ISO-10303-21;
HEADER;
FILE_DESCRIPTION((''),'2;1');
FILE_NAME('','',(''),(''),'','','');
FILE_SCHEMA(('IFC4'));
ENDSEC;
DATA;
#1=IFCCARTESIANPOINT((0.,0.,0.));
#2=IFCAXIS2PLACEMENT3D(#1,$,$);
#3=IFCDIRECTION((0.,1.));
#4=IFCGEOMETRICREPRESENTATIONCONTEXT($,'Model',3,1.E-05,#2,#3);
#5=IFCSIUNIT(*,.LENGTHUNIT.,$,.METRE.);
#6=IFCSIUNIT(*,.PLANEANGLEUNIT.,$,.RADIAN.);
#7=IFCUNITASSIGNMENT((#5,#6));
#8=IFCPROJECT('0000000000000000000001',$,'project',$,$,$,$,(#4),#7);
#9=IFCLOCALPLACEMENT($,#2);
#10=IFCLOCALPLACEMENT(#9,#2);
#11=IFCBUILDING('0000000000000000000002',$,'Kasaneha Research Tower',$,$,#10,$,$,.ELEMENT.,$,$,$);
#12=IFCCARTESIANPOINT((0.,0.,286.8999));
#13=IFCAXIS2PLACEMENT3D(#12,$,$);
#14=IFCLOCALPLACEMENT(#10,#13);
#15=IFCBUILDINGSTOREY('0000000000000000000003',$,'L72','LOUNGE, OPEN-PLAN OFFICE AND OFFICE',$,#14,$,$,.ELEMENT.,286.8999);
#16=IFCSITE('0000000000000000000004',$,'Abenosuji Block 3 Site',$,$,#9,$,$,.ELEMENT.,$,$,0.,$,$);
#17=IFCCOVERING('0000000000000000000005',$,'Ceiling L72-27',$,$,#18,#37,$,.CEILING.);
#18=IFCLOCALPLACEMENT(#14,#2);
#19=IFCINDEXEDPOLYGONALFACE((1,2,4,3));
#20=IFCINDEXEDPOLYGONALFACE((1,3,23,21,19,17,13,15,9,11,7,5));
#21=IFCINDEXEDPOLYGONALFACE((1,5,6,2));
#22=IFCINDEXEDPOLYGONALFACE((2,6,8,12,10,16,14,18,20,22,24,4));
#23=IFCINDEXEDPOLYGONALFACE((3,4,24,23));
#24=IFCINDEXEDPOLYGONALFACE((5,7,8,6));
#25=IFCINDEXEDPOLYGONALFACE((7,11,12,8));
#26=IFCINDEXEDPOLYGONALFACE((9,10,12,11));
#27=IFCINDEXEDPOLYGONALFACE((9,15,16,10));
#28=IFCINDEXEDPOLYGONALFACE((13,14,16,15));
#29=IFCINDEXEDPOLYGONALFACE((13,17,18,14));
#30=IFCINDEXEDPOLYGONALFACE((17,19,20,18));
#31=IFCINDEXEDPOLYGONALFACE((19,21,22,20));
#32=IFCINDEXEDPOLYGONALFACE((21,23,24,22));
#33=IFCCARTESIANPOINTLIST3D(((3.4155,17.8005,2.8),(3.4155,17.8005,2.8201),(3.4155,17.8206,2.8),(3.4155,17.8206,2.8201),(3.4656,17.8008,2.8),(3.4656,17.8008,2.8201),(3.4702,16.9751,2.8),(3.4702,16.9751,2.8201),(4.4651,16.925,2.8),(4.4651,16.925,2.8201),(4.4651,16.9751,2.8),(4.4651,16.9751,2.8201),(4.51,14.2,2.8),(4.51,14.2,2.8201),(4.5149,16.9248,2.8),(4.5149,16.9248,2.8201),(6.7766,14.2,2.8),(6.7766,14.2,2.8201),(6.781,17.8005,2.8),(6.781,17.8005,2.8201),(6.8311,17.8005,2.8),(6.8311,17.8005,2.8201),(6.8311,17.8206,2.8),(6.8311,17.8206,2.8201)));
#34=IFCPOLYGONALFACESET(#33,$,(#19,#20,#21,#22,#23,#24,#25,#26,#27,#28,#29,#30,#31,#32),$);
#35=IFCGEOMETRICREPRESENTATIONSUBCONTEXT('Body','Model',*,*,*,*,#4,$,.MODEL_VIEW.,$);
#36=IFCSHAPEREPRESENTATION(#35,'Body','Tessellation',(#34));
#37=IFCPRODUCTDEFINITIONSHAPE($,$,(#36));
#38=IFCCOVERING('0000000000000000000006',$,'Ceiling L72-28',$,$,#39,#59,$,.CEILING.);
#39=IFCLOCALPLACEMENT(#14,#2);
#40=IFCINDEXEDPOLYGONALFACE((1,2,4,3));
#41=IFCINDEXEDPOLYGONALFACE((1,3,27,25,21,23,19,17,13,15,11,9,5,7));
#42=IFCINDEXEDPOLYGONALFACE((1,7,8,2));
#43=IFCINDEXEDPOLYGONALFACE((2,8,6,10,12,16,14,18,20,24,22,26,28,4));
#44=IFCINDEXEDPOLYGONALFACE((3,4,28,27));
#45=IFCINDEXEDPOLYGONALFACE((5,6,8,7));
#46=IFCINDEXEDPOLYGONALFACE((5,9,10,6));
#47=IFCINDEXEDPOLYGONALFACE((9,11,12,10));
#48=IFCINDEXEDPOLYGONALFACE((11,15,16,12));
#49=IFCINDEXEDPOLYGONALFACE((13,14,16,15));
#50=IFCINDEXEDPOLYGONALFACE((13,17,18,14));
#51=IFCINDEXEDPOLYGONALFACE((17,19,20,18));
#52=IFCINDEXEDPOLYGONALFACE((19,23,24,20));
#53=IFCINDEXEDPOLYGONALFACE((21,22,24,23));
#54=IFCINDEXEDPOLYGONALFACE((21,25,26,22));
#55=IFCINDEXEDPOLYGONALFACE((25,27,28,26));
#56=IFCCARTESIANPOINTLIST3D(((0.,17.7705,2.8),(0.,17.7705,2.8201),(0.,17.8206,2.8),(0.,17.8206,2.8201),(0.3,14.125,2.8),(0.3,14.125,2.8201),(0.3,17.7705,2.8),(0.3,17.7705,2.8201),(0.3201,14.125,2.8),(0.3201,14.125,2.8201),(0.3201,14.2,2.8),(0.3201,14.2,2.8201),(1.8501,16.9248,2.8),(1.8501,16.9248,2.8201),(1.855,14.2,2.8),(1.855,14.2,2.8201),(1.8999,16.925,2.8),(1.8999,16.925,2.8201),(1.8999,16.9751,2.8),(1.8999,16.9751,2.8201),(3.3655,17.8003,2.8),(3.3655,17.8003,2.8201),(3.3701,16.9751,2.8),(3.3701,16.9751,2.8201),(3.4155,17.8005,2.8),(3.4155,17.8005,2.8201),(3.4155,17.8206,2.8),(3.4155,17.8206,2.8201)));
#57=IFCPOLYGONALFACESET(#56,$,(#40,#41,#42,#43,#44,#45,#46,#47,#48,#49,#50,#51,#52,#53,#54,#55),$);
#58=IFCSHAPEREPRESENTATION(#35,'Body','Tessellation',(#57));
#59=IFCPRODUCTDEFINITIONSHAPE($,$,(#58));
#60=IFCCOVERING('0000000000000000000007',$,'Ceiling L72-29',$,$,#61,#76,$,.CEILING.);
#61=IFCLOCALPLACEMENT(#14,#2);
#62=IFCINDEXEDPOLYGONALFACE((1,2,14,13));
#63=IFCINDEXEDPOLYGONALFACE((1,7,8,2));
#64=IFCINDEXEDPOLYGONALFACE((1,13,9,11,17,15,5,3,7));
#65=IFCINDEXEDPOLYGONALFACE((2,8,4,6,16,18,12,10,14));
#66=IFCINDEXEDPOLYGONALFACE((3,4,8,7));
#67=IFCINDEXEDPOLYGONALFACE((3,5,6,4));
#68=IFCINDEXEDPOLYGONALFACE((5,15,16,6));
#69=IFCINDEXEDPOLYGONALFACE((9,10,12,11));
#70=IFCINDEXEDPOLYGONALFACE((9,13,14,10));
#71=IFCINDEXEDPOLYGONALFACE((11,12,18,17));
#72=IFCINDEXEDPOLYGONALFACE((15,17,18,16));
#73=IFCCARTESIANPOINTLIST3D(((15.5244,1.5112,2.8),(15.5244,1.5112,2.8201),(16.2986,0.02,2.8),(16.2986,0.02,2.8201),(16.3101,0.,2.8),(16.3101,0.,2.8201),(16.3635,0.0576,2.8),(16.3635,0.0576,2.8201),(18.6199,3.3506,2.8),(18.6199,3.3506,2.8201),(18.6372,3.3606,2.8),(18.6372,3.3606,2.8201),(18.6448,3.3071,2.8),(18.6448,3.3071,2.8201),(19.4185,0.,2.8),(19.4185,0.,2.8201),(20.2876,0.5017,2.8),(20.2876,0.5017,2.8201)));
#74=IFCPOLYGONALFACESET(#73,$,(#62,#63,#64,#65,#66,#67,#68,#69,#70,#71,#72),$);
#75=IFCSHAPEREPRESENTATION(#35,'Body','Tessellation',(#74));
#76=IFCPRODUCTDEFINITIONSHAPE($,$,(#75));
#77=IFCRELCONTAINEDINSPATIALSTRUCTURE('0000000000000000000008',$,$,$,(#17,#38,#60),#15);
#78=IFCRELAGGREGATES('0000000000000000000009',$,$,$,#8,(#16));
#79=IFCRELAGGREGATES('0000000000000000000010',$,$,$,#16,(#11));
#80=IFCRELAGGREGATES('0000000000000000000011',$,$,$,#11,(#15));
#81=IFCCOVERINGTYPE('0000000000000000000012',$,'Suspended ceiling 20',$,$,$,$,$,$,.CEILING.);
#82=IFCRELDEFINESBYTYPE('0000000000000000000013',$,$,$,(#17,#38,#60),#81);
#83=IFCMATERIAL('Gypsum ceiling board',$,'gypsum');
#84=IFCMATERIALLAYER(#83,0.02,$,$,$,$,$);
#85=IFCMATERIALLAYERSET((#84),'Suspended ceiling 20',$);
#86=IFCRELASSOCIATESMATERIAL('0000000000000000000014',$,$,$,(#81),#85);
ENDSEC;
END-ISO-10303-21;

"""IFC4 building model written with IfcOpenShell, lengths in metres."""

from ifc_helpers import new_model, si_unit, direction, frame, origin, place, context, subcontext, project, spatial, polyline, outline, extrude, material, layer, layer_set, type_object, element, save


model = new_model("IFC4")

# Units and contexts
model_context = context("Model", 3, precision=1e-05, world=origin(), true_north=direction((0.0, 1.0)))
body_context = subcontext(model_context, "Body", "Model", "MODEL_VIEW")
ifc_project = project(units=[si_unit("LENGTHUNIT", "METRE"), si_unit("PLANEANGLEUNIT", "RADIAN")], contexts=[model_context])

# Site, building, storey
site_placement = place(None, origin())
site = spatial("IfcSite", under=ifc_project, at=site_placement, Name="Abenosuji Block 3 Site", CompositionType="ELEMENT", RefElevation=0.0)
building_placement = place(site_placement, origin())
building = spatial("IfcBuilding", under=site, at=building_placement, Name="Kasaneha Research Tower", CompositionType="ELEMENT")
storey_placement = place(building_placement, frame((0.0, 0.0, 286.8999)))
storey = spatial("IfcBuildingStorey", under=building, at=storey_placement, Name="L72", Description="LOUNGE, OPEN-PLAN OFFICE AND OFFICE", CompositionType="ELEMENT", Elevation=286.8999)

# Coverings
ifc_material_1 = material(Name="Gypsum ceiling board", Category="gypsum")
ifc_layer_1 = layer(ifc_material_1, 0.02)
ifc_layer_set_1 = layer_set([ifc_layer_1], Name="Suspended ceiling 20")
covering_type_1 = type_object("IfcCoveringType", Name="Suspended ceiling 20", PredefinedType="CEILING", material=ifc_layer_set_1)
covering_1_placement = place(storey_placement, frame((0.0, 0.0, 2.8)))
element("IfcCovering", 1, at=covering_1_placement, inside=storey, type_object=covering_type_1, Name="Ceiling L72-27", PredefinedType="CEILING", context=body_context, shape_type="SweptSolid", body=[
    extrude(outline(polyline([(6.8311, 17.8005), (6.781, 17.8005), (6.7766, 14.2), (4.51, 14.2), (4.5149, 16.9248), (4.4651, 16.925), (4.4651, 16.9751), (3.4702, 16.9751), (3.4656, 17.8008), (3.4155, 17.8005), (3.4155, 17.8206), (6.8311, 17.8206), (6.8311, 17.8005)])), origin(), (0.0, 0.0, 1.0), 0.02),
])
covering_2_placement = place(storey_placement, frame((0.0, 0.0, 2.8)))
element("IfcCovering", 2, at=covering_2_placement, inside=storey, type_object=covering_type_1, Name="Ceiling L72-28", PredefinedType="CEILING", context=body_context, shape_type="SweptSolid", body=[
    extrude(outline(polyline([(3.4155, 17.8206), (3.4155, 17.8005), (3.3655, 17.8003), (3.3701, 16.9751), (1.8999, 16.9751), (1.8999, 16.925), (1.8501, 16.9248), (1.855, 14.2), (0.3201, 14.2), (0.3201, 14.125), (0.3, 14.125), (0.3, 17.7705), (0.3, 17.7705), (0.0, 17.7705), (0.0, 17.8206), (3.4155, 17.8206)])), origin(), (0.0, 0.0, 1.0), 0.02),
])
covering_3_placement = place(storey_placement, frame((0.0, 0.0, 2.8)))
element("IfcCovering", 3, at=covering_3_placement, inside=storey, type_object=covering_type_1, Name="Ceiling L72-29", PredefinedType="CEILING", context=body_context, shape_type="SweptSolid", body=[
    extrude(outline(polyline([(20.2876, 0.5017), (19.4185, 0.0), (16.3101, 0.0), (16.2986, 0.02), (16.3635, 0.0576), (15.5244, 1.5112), (18.6448, 3.3071), (18.6199, 3.3506), (18.6372, 3.3606), (20.2876, 0.5017)])), origin(), (0.0, 0.0, 1.0), 0.02),
])

save(model, "model.ifc")
